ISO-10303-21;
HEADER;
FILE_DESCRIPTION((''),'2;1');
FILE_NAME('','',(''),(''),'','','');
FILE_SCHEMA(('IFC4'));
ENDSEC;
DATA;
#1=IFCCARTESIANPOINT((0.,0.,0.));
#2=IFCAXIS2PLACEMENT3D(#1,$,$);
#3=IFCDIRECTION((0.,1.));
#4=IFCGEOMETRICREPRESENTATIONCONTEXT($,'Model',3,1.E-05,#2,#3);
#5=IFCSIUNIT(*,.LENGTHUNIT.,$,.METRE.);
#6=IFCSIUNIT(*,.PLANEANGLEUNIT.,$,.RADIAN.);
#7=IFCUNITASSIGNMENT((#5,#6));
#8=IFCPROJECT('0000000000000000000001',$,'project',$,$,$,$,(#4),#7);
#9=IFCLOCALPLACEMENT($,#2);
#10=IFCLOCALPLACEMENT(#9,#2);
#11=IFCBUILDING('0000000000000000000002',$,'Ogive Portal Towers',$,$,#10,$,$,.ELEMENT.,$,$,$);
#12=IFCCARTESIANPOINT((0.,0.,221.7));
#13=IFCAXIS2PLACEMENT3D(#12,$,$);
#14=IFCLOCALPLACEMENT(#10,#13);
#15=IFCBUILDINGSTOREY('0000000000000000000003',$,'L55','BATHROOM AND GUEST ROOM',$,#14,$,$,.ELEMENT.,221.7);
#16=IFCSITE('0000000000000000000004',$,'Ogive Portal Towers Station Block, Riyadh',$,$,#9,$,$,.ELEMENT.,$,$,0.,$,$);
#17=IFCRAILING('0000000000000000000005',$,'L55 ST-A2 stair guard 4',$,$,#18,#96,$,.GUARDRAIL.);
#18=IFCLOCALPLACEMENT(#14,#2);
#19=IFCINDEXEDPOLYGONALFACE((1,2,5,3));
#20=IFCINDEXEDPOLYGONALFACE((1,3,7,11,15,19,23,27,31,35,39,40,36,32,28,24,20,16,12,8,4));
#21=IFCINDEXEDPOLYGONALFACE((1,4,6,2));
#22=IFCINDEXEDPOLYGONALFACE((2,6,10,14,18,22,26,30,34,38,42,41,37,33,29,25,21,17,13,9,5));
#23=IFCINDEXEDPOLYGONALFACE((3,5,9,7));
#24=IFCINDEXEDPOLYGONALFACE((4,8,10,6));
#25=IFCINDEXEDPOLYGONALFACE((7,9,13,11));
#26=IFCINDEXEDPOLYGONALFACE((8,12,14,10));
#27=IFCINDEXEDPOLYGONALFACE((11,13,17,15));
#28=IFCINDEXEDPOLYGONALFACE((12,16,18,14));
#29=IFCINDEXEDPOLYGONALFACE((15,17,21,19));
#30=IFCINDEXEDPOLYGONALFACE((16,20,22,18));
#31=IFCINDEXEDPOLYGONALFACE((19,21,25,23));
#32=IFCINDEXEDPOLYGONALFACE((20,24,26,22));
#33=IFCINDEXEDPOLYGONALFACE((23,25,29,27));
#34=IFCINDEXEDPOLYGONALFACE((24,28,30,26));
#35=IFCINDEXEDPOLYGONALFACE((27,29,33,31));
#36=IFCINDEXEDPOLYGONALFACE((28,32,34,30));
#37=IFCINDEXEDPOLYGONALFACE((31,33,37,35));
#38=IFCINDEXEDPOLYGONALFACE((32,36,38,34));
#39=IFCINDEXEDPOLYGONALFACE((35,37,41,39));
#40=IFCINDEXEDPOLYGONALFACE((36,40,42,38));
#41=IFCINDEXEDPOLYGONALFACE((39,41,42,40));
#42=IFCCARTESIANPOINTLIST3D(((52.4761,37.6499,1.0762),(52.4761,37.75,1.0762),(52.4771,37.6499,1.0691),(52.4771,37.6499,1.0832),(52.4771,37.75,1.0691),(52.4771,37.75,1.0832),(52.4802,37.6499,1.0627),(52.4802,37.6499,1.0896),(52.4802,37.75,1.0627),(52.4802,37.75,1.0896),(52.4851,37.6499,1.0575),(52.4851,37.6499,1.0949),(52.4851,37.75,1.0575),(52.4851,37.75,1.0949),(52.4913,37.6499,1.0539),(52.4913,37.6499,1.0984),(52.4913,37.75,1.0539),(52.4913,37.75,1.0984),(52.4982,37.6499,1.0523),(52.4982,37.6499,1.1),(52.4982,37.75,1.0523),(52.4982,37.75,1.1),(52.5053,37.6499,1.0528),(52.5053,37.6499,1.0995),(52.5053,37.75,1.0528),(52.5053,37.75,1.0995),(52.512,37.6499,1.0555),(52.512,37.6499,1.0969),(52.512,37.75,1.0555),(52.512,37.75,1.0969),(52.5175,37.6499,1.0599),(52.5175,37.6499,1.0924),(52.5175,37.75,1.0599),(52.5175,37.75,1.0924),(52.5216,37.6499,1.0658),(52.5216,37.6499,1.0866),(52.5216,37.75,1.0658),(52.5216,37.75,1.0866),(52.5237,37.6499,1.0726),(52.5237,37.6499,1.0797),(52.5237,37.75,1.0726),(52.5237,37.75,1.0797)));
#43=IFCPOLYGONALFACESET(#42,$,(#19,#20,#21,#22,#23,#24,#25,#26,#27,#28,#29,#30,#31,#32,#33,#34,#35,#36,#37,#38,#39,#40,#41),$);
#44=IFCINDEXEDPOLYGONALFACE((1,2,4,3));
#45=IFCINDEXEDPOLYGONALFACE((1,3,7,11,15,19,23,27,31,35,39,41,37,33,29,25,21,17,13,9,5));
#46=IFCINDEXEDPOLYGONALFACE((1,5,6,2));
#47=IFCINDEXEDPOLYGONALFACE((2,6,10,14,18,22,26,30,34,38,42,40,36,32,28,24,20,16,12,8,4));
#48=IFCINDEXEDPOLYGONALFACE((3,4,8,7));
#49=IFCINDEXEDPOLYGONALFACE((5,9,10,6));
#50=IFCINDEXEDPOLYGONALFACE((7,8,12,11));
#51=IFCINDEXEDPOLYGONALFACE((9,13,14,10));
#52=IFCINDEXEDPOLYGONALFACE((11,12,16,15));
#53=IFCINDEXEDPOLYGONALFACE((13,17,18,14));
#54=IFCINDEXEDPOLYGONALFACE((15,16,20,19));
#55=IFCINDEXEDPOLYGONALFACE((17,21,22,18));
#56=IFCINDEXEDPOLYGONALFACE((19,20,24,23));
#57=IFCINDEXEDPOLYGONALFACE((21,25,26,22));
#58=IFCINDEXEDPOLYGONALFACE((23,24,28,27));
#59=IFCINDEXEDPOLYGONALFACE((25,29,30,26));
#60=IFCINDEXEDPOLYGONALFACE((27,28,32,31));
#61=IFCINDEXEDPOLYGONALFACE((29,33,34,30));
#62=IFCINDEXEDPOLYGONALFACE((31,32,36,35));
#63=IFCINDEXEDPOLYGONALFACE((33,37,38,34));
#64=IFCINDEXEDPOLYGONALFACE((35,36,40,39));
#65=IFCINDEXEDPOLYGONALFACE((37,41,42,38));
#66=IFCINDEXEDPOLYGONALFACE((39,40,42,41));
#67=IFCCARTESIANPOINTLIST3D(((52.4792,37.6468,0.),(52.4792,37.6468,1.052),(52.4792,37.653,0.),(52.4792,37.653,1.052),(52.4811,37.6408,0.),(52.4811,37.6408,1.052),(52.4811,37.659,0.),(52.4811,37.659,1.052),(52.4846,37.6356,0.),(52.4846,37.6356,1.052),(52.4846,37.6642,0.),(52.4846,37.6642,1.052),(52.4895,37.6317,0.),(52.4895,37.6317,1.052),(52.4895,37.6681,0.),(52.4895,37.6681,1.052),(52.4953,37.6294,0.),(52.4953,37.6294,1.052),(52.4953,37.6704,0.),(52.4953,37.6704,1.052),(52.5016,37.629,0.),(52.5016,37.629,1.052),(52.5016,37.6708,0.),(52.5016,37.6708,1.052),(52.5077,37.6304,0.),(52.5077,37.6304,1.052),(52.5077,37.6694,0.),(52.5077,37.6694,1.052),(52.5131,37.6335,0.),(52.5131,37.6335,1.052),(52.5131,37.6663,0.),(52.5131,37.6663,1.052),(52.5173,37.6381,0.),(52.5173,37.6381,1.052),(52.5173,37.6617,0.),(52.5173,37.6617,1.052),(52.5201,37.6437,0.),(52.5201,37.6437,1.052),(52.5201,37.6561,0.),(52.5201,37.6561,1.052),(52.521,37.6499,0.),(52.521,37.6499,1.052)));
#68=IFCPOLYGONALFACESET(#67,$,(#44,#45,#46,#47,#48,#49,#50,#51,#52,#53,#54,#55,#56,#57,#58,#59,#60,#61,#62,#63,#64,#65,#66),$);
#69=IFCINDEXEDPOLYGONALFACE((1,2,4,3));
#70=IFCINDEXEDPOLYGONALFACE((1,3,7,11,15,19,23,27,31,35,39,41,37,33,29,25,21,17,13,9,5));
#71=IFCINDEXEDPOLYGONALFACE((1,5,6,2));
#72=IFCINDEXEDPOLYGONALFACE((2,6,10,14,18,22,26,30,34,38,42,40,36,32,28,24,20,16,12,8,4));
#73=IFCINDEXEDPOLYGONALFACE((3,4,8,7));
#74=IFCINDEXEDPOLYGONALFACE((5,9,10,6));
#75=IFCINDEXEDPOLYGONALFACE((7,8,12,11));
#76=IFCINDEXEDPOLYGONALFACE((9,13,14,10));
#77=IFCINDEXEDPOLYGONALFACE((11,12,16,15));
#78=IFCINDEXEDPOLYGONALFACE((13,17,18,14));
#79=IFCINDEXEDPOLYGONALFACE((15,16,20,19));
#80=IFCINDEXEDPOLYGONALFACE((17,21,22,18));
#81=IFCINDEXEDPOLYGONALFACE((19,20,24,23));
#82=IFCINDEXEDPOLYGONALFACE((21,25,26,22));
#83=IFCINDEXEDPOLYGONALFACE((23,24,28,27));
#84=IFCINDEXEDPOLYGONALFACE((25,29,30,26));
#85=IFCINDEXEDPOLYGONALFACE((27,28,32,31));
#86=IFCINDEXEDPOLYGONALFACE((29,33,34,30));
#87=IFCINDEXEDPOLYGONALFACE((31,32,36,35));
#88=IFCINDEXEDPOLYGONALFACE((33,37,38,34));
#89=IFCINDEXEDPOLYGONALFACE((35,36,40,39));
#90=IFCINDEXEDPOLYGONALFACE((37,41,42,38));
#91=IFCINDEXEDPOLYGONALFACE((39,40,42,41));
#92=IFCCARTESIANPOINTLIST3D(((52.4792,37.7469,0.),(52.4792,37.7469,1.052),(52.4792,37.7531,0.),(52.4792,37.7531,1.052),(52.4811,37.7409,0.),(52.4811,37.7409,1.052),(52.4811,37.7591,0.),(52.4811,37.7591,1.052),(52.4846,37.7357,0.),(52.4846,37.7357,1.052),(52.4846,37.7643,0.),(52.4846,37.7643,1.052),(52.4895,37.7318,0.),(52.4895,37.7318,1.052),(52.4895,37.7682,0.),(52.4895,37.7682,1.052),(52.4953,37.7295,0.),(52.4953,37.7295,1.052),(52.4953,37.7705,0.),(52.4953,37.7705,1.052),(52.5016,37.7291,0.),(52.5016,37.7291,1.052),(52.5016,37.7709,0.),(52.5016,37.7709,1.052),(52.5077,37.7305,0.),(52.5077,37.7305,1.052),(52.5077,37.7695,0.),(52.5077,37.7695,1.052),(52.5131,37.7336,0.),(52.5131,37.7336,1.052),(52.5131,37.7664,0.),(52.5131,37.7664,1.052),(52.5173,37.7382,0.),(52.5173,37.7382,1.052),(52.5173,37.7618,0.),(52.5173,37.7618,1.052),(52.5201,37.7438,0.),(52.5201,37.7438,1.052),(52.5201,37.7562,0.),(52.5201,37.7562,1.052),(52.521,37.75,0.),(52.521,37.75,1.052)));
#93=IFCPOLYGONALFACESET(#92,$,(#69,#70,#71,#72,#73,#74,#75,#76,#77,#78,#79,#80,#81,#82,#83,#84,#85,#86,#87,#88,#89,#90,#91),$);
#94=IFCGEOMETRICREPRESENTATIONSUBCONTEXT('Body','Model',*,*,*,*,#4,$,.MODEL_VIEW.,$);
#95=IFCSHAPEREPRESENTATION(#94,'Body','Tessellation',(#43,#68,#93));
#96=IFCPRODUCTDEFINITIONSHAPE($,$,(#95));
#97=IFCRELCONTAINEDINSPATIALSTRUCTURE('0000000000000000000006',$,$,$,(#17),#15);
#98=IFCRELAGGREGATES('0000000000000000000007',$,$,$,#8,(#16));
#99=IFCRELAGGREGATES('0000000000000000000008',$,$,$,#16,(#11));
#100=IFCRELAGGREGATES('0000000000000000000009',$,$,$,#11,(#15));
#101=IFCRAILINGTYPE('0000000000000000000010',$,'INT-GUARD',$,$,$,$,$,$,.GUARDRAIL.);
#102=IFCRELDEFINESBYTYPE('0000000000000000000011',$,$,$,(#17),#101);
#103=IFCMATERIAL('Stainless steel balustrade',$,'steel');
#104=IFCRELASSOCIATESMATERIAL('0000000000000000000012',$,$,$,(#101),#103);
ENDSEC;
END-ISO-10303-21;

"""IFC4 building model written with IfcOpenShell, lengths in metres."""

from ifc_helpers import new_model, si_unit, direction, frame, origin, origin_2d, place, context, subcontext, project, spatial, circle, extrude, material, type_object, element, save


model = new_model("IFC4")

# Units and contexts
model_context = context("Model", 3, precision=1e-05, world=origin(), true_north=direction((0.0, 1.0)))
body_context = subcontext(model_context, "Body", "Model", "MODEL_VIEW")
ifc_project = project(units=[si_unit("LENGTHUNIT", "METRE"), si_unit("PLANEANGLEUNIT", "RADIAN")], contexts=[model_context])

# Site, building, storey
site_placement = place(None, origin())
site = spatial("IfcSite", under=ifc_project, at=site_placement, Name="Ogive Portal Towers Station Block, Riyadh", CompositionType="ELEMENT", RefElevation=0.0)
building_placement = place(site_placement, origin())
building = spatial("IfcBuilding", under=site, at=building_placement, Name="Ogive Portal Towers", CompositionType="ELEMENT")
storey_placement = place(building_placement, frame((0.0, 0.0, 221.7)))
storey = spatial("IfcBuildingStorey", under=building, at=storey_placement, Name="L55", Description="BATHROOM AND GUEST ROOM", CompositionType="ELEMENT", Elevation=221.7)

# Railing
ifc_material_1 = material(Name="Stainless steel balustrade", Category="steel")
railing_type_1 = type_object("IfcRailingType", Name="INT-GUARD", PredefinedType="GUARDRAIL", material=ifc_material_1)
railing_1_placement = place(storey_placement, frame((52.5, 37.6499, 0.0)))
element("IfcRailing", 1, at=railing_1_placement, inside=storey, type_object=railing_type_1, Name="L55 ST-A2 stair guard 4", PredefinedType="GUARDRAIL", context=body_context, shape_type="SweptSolid", body=[
    extrude(circle(Radius=0.0239, at=origin_2d()), frame((0.0, 0.0, 1.0762), z_axis=(0.0, 1.0, 0.0), x_axis=(-1.0, 0.0, 0.0)), (0.0, 0.0, 1.0), 0.1001),
    extrude(circle(Radius=0.021, at=origin_2d()), origin(), (0.0, 0.0, 1.0), 1.052),
    extrude(circle(Radius=0.021, at=origin_2d()), frame((0.0, 0.1001, 0.0)), (0.0, 0.0, 1.0), 1.052),
])

save(model, "model.ifc")
